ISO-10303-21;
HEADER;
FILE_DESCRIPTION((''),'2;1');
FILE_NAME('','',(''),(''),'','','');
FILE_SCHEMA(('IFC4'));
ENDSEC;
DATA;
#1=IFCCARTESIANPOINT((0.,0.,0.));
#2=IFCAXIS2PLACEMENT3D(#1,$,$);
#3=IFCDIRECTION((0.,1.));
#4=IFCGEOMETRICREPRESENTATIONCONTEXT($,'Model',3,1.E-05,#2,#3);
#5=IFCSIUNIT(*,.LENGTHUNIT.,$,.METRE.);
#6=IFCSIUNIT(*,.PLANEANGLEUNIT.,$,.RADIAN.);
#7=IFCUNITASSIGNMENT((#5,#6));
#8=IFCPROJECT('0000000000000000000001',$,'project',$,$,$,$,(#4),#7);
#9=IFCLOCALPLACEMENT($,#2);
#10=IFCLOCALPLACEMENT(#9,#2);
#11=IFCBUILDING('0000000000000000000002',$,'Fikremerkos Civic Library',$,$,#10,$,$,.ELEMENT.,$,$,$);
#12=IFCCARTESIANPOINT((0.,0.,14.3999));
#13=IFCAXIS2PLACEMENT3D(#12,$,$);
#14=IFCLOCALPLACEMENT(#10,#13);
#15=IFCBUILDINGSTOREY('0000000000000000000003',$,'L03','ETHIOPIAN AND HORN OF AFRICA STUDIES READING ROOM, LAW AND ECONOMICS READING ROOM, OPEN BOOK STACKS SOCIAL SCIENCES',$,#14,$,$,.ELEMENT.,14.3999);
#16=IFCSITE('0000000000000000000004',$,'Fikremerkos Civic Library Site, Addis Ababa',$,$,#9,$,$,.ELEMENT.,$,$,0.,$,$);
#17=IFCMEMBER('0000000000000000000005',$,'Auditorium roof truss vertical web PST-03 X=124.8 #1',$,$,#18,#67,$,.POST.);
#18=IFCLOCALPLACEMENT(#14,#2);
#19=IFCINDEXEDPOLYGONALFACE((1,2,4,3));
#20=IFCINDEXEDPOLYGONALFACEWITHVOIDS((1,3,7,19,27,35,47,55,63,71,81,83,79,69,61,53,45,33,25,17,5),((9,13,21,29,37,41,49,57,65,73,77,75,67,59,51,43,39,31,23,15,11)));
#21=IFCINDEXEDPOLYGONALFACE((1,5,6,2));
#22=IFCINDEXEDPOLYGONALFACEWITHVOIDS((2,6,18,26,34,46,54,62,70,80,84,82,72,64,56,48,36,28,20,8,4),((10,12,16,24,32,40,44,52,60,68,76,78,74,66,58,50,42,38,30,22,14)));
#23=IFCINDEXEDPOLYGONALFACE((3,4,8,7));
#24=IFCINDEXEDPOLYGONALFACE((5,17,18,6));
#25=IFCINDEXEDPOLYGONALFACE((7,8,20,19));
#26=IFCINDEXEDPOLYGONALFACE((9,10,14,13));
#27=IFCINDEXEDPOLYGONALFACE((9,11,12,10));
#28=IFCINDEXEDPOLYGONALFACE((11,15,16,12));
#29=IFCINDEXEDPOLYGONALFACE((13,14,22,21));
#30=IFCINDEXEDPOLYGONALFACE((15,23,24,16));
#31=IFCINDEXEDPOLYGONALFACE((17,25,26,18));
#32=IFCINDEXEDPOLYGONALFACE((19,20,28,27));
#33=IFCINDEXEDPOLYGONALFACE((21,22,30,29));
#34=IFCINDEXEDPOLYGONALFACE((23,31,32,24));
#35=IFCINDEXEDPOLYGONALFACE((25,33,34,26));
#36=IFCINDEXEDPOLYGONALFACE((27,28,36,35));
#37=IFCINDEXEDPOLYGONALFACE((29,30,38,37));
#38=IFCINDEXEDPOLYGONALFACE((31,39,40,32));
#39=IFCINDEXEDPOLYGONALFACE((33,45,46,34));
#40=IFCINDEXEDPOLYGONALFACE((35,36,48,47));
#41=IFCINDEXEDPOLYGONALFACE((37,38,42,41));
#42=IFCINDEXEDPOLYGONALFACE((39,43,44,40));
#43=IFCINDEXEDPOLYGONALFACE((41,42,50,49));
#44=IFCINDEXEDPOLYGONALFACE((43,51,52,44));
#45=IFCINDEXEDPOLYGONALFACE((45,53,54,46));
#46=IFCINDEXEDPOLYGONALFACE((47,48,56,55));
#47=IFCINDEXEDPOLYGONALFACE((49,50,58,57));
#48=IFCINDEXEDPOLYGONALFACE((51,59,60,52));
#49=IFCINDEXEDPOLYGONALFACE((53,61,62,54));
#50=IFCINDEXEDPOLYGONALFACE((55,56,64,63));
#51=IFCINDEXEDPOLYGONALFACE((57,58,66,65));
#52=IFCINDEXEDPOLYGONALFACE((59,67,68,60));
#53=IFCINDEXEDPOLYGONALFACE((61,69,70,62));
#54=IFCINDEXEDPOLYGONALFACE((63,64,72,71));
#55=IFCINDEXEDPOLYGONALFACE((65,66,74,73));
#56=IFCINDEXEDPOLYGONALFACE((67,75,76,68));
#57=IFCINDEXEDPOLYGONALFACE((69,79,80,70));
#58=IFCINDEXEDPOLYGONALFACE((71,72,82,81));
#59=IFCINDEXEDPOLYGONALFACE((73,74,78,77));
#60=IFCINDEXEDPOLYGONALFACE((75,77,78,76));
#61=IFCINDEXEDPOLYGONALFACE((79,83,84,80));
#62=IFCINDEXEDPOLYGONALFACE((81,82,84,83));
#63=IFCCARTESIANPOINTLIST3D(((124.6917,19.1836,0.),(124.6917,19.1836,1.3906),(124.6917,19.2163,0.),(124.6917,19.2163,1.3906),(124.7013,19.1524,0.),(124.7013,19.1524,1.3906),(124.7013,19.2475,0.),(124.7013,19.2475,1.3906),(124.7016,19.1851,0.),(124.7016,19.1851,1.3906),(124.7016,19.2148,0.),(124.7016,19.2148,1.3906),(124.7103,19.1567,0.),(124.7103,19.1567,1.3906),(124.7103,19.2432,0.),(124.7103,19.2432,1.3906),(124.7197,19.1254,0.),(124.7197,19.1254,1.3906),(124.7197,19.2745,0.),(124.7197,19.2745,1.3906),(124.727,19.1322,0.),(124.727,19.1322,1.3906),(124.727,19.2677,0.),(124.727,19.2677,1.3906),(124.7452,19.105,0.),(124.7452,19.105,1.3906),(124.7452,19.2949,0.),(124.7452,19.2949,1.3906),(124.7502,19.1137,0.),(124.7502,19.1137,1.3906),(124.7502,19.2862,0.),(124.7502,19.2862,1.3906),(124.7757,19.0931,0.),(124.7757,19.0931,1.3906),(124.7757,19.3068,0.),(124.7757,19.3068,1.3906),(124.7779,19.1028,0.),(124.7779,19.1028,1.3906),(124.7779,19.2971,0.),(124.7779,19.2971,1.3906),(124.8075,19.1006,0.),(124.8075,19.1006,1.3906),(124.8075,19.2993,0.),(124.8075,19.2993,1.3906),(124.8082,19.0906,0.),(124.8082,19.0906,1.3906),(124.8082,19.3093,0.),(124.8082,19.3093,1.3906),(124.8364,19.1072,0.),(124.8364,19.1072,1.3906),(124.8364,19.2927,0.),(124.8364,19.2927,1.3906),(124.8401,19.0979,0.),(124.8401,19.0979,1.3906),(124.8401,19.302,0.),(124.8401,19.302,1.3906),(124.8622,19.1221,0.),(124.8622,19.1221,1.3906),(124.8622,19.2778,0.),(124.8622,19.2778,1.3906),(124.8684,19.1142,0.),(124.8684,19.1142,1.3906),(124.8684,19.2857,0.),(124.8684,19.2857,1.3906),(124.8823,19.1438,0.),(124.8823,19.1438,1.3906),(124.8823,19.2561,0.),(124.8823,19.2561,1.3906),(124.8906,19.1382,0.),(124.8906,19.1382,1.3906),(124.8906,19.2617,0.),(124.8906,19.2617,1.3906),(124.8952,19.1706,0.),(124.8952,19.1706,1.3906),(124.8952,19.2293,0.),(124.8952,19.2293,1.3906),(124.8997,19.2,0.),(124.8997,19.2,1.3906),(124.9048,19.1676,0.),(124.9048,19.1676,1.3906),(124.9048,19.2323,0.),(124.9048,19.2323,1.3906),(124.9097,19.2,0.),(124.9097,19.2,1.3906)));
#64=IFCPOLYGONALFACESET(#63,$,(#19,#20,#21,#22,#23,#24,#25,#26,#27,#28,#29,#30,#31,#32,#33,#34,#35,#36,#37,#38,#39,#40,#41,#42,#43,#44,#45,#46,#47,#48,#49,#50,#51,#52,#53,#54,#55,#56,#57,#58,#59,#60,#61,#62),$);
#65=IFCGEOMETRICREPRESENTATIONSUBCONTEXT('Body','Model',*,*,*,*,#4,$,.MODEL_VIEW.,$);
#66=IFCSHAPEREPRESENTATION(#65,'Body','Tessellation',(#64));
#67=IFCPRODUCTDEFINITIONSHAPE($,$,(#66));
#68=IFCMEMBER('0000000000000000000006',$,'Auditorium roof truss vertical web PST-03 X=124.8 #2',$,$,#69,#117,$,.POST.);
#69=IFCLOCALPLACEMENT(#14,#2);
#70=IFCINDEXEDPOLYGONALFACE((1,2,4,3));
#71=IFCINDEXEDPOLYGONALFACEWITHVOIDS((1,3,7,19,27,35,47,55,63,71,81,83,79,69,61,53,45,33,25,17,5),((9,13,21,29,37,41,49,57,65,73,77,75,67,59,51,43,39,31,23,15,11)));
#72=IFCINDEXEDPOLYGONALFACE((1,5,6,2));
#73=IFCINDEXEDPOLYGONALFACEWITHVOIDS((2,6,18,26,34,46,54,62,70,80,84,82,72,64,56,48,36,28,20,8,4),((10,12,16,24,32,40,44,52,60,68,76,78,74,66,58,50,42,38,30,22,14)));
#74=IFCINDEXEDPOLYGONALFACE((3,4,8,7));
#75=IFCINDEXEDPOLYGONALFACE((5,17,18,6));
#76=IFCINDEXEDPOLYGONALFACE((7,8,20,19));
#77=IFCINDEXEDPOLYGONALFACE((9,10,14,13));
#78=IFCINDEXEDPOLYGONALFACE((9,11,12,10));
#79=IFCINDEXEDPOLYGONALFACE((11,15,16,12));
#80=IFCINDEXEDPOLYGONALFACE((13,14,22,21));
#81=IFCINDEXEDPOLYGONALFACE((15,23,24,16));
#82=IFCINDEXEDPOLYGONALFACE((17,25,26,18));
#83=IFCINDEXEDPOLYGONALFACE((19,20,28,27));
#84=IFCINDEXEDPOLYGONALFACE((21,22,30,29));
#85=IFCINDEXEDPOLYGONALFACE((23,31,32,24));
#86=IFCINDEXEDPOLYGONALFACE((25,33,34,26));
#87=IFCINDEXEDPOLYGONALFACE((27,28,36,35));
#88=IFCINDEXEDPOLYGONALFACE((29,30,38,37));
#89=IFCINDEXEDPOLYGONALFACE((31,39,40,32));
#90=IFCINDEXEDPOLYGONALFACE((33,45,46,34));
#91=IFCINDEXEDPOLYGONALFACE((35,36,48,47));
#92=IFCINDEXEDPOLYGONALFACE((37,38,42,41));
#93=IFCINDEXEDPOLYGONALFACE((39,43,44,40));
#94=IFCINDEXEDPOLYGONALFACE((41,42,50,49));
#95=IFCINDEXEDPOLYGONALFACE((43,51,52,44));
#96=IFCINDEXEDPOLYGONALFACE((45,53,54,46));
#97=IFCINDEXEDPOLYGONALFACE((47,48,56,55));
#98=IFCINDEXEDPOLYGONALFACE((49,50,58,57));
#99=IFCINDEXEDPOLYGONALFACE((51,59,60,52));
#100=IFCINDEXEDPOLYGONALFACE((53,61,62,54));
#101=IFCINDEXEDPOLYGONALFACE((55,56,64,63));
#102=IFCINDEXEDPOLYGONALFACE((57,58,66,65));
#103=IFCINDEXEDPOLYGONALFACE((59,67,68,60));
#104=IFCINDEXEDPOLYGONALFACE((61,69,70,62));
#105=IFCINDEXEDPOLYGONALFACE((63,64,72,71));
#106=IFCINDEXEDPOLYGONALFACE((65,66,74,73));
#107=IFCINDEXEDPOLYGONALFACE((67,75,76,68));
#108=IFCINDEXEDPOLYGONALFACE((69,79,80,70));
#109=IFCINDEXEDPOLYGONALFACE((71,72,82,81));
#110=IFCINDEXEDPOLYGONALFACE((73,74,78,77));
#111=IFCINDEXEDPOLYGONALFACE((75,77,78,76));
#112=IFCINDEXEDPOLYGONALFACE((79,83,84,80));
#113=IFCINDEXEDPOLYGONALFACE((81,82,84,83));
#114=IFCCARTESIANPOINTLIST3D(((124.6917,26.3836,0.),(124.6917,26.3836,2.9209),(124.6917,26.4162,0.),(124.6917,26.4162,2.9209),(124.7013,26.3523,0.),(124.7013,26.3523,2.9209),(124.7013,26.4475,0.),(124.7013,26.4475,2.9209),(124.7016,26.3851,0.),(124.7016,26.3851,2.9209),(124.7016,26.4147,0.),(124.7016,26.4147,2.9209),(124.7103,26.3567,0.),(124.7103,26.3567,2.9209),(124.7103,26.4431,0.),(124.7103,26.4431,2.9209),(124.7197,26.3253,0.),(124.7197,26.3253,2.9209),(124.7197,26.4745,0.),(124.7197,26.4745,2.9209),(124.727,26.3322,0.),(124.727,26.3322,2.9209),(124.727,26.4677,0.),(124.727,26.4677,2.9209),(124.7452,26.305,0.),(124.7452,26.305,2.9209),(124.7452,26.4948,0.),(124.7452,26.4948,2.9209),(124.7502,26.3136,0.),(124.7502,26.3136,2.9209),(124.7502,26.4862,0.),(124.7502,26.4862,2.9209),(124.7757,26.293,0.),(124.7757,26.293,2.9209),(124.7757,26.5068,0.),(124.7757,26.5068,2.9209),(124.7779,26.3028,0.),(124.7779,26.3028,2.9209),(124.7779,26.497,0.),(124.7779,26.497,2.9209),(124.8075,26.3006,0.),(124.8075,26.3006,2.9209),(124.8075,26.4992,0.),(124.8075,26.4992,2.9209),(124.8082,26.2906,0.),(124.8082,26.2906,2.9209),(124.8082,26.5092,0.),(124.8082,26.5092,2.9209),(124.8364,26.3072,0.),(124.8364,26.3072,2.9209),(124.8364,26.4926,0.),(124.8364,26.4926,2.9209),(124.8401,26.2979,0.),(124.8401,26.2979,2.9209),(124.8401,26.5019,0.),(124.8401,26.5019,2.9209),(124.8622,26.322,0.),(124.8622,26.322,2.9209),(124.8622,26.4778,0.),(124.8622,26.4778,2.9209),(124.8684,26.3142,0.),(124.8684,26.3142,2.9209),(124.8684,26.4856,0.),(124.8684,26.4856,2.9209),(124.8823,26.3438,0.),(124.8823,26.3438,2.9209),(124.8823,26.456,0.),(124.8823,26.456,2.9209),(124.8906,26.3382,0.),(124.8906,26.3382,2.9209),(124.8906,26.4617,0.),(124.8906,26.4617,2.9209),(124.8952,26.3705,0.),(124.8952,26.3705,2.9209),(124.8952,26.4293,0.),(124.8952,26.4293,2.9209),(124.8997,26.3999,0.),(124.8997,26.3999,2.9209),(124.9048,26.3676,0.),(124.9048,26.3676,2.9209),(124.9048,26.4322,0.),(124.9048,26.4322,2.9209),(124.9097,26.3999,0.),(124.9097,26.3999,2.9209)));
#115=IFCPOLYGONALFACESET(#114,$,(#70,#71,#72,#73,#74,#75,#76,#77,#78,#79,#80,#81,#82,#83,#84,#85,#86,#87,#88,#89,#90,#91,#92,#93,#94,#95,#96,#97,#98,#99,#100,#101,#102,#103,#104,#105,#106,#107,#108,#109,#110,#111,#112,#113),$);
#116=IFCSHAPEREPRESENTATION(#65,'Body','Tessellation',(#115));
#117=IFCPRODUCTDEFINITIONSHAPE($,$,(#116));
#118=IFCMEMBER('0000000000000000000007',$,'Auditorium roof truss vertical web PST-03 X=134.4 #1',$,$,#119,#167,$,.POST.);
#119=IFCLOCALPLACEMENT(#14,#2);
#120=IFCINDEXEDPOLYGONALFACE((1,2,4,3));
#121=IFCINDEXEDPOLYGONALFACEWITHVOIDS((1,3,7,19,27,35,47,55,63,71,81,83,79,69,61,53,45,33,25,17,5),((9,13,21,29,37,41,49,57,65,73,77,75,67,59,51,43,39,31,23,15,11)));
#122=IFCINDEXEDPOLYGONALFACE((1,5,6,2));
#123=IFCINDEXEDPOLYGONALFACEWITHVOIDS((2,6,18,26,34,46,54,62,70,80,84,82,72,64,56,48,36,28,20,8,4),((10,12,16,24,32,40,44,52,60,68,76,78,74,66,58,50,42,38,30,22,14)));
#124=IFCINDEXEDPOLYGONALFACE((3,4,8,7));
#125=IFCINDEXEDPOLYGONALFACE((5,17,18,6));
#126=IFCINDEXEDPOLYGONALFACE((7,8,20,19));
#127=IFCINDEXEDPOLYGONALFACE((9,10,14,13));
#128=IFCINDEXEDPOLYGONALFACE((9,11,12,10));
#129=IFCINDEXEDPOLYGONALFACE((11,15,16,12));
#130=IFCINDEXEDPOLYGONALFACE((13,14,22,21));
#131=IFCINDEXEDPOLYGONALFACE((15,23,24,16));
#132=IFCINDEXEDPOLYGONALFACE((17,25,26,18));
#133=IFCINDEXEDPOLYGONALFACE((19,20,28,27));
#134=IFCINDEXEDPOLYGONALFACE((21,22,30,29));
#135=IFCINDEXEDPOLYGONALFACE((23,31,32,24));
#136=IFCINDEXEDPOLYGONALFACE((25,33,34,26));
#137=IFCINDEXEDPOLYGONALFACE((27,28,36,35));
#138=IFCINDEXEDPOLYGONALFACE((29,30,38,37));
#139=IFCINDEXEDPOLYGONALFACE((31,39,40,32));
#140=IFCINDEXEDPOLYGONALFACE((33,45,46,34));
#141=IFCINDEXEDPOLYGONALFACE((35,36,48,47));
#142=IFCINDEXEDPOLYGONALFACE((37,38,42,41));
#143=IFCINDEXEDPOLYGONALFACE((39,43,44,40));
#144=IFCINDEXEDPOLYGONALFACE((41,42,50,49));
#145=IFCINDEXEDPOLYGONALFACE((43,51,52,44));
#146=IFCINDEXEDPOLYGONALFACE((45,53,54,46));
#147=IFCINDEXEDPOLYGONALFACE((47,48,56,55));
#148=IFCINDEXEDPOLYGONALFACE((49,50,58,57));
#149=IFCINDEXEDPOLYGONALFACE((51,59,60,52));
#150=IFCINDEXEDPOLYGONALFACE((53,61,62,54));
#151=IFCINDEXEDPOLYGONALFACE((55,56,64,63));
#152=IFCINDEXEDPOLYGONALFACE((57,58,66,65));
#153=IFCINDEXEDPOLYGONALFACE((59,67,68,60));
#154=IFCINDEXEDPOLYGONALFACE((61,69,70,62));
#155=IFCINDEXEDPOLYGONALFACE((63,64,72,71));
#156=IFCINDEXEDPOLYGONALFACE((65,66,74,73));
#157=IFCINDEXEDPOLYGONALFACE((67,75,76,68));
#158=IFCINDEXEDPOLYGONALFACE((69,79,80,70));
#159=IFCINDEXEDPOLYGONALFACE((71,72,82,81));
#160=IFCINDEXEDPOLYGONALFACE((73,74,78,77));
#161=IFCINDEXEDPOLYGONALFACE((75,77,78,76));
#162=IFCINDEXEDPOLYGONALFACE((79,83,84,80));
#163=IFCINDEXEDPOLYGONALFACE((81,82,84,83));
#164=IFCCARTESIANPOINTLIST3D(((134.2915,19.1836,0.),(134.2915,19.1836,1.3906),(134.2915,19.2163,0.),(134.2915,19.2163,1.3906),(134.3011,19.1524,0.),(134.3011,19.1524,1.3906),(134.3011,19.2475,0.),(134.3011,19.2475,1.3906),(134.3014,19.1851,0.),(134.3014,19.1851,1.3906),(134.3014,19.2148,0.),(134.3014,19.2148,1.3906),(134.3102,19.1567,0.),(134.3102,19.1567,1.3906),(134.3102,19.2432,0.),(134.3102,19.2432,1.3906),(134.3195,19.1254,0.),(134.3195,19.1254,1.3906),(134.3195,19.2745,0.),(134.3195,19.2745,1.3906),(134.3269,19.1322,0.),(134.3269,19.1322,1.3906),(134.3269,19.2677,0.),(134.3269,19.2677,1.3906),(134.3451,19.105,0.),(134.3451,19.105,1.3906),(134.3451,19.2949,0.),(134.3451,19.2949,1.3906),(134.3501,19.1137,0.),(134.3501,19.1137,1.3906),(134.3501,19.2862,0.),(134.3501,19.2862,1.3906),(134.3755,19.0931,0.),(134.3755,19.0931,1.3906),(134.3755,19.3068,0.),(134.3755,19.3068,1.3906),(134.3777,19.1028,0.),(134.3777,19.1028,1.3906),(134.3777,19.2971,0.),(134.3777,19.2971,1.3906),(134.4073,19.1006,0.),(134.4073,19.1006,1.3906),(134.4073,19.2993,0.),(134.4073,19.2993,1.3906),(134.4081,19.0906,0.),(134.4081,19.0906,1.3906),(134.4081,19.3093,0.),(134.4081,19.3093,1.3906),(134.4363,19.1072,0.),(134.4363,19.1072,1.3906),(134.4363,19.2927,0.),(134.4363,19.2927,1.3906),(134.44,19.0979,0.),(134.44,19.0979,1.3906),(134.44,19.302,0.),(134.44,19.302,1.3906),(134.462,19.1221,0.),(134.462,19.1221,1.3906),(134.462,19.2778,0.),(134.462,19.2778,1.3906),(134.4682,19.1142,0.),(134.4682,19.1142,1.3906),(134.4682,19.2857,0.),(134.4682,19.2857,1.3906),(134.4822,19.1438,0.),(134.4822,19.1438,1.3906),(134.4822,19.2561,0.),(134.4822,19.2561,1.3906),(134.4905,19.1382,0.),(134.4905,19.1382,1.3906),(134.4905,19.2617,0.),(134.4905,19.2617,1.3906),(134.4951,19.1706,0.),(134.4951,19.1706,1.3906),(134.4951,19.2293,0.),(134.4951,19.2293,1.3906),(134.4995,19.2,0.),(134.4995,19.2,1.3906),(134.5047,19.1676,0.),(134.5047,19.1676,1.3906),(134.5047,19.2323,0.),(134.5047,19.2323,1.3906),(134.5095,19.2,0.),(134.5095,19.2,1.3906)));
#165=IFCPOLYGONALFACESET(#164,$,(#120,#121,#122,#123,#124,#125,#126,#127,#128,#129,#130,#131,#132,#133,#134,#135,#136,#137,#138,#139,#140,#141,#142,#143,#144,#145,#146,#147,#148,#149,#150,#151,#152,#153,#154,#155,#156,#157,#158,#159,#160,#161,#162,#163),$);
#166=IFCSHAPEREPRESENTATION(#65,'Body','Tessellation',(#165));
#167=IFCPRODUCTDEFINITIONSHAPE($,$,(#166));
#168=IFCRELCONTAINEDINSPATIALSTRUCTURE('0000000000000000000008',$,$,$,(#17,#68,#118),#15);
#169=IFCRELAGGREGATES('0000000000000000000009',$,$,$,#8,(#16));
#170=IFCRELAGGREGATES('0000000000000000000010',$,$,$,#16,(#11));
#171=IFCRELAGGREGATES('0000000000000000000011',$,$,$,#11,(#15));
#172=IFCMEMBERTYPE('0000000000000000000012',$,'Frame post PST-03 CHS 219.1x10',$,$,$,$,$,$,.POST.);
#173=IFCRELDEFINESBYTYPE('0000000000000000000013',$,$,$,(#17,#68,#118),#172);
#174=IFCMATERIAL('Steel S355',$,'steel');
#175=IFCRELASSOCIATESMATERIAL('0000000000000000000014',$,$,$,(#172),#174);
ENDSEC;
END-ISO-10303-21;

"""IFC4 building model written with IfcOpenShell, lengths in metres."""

from ifc_helpers import new_model, si_unit, direction, frame, origin, origin_2d, place, context, subcontext, project, spatial, hollow_circle, extrude, material, material_profile, profile_set, type_object, element, save


model = new_model("IFC4")

# Units and contexts
model_context = context("Model", 3, precision=1e-05, world=origin(), true_north=direction((0.0, 1.0)))
body_context = subcontext(model_context, "Body", "Model", "MODEL_VIEW")
ifc_project = project(units=[si_unit("LENGTHUNIT", "METRE"), si_unit("PLANEANGLEUNIT", "RADIAN")], contexts=[model_context])

# Site, building, storey
site_placement = place(None, origin())
site = spatial("IfcSite", under=ifc_project, at=site_placement, Name="Fikremerkos Civic Library Site, Addis Ababa", CompositionType="ELEMENT", RefElevation=0.0)
building_placement = place(site_placement, origin())
building = spatial("IfcBuilding", under=site, at=building_placement, Name="Fikremerkos Civic Library", CompositionType="ELEMENT")
storey_placement = place(building_placement, frame((0.0, 0.0, 14.3999)))
storey = spatial("IfcBuildingStorey", under=building, at=storey_placement, Name="L03", Description="ETHIOPIAN AND HORN OF AFRICA STUDIES READING ROOM, LAW AND ECONOMICS READING ROOM, OPEN BOOK STACKS SOCIAL SCIENCES", CompositionType="ELEMENT", Elevation=14.3999)

# Shared definitions
ifc_material_1 = material(Name="Steel S355", Category="steel")

# Members
ifc_material_profile_1 = material_profile(ifc_material_1, hollow_circle(Radius=0.1096, WallThickness=0.01, at=origin_2d()), Name="CHS 219.1x10")
ifc_profile_set_1 = profile_set([ifc_material_profile_1], Name="Steel S355")
member_type_1 = type_object("IfcMemberType", Name="Frame post PST-03 CHS 219.1x10", PredefinedType="POST", material=ifc_profile_set_1)
member_1_placement = place(storey_placement, frame((124.8, 19.2, 0.0), z_axis=(0.0, 0.0, 1.0), x_axis=(1.0, 0.0, 0.0)))
element("IfcMember", 1, at=member_1_placement, inside=storey, type_object=member_type_1, Name="Auditorium roof truss vertical web PST-03 X=124.8 #1", PredefinedType="POST", context=body_context, shape_type="SweptSolid", body=[
    extrude(hollow_circle(Radius=0.1096, WallThickness=0.01, at=origin_2d()), origin(), (0.0, 0.0, 1.0), 1.3906),
])
member_2_placement = place(storey_placement, frame((124.8, 26.3999, 0.0), z_axis=(0.0, 0.0, 1.0), x_axis=(1.0, 0.0, 0.0)))
element("IfcMember", 2, at=member_2_placement, inside=storey, type_object=member_type_1, Name="Auditorium roof truss vertical web PST-03 X=124.8 #2", PredefinedType="POST", context=body_context, shape_type="SweptSolid", body=[
    extrude(hollow_circle(Radius=0.1096, WallThickness=0.01, at=origin_2d()), origin(), (0.0, 0.0, 1.0), 2.9209),
])
member_3_placement = place(storey_placement, frame((134.3999, 19.2, 0.0), z_axis=(0.0, 0.0, 1.0), x_axis=(1.0, 0.0, 0.0)))
element("IfcMember", 3, at=member_3_placement, inside=storey, type_object=member_type_1, Name="Auditorium roof truss vertical web PST-03 X=134.4 #1", PredefinedType="POST", context=body_context, shape_type="SweptSolid", body=[
    extrude(hollow_circle(Radius=0.1096, WallThickness=0.01, at=origin_2d()), origin(), (0.0, 0.0, 1.0), 1.3906),
])

save(model, "model.ifc")
